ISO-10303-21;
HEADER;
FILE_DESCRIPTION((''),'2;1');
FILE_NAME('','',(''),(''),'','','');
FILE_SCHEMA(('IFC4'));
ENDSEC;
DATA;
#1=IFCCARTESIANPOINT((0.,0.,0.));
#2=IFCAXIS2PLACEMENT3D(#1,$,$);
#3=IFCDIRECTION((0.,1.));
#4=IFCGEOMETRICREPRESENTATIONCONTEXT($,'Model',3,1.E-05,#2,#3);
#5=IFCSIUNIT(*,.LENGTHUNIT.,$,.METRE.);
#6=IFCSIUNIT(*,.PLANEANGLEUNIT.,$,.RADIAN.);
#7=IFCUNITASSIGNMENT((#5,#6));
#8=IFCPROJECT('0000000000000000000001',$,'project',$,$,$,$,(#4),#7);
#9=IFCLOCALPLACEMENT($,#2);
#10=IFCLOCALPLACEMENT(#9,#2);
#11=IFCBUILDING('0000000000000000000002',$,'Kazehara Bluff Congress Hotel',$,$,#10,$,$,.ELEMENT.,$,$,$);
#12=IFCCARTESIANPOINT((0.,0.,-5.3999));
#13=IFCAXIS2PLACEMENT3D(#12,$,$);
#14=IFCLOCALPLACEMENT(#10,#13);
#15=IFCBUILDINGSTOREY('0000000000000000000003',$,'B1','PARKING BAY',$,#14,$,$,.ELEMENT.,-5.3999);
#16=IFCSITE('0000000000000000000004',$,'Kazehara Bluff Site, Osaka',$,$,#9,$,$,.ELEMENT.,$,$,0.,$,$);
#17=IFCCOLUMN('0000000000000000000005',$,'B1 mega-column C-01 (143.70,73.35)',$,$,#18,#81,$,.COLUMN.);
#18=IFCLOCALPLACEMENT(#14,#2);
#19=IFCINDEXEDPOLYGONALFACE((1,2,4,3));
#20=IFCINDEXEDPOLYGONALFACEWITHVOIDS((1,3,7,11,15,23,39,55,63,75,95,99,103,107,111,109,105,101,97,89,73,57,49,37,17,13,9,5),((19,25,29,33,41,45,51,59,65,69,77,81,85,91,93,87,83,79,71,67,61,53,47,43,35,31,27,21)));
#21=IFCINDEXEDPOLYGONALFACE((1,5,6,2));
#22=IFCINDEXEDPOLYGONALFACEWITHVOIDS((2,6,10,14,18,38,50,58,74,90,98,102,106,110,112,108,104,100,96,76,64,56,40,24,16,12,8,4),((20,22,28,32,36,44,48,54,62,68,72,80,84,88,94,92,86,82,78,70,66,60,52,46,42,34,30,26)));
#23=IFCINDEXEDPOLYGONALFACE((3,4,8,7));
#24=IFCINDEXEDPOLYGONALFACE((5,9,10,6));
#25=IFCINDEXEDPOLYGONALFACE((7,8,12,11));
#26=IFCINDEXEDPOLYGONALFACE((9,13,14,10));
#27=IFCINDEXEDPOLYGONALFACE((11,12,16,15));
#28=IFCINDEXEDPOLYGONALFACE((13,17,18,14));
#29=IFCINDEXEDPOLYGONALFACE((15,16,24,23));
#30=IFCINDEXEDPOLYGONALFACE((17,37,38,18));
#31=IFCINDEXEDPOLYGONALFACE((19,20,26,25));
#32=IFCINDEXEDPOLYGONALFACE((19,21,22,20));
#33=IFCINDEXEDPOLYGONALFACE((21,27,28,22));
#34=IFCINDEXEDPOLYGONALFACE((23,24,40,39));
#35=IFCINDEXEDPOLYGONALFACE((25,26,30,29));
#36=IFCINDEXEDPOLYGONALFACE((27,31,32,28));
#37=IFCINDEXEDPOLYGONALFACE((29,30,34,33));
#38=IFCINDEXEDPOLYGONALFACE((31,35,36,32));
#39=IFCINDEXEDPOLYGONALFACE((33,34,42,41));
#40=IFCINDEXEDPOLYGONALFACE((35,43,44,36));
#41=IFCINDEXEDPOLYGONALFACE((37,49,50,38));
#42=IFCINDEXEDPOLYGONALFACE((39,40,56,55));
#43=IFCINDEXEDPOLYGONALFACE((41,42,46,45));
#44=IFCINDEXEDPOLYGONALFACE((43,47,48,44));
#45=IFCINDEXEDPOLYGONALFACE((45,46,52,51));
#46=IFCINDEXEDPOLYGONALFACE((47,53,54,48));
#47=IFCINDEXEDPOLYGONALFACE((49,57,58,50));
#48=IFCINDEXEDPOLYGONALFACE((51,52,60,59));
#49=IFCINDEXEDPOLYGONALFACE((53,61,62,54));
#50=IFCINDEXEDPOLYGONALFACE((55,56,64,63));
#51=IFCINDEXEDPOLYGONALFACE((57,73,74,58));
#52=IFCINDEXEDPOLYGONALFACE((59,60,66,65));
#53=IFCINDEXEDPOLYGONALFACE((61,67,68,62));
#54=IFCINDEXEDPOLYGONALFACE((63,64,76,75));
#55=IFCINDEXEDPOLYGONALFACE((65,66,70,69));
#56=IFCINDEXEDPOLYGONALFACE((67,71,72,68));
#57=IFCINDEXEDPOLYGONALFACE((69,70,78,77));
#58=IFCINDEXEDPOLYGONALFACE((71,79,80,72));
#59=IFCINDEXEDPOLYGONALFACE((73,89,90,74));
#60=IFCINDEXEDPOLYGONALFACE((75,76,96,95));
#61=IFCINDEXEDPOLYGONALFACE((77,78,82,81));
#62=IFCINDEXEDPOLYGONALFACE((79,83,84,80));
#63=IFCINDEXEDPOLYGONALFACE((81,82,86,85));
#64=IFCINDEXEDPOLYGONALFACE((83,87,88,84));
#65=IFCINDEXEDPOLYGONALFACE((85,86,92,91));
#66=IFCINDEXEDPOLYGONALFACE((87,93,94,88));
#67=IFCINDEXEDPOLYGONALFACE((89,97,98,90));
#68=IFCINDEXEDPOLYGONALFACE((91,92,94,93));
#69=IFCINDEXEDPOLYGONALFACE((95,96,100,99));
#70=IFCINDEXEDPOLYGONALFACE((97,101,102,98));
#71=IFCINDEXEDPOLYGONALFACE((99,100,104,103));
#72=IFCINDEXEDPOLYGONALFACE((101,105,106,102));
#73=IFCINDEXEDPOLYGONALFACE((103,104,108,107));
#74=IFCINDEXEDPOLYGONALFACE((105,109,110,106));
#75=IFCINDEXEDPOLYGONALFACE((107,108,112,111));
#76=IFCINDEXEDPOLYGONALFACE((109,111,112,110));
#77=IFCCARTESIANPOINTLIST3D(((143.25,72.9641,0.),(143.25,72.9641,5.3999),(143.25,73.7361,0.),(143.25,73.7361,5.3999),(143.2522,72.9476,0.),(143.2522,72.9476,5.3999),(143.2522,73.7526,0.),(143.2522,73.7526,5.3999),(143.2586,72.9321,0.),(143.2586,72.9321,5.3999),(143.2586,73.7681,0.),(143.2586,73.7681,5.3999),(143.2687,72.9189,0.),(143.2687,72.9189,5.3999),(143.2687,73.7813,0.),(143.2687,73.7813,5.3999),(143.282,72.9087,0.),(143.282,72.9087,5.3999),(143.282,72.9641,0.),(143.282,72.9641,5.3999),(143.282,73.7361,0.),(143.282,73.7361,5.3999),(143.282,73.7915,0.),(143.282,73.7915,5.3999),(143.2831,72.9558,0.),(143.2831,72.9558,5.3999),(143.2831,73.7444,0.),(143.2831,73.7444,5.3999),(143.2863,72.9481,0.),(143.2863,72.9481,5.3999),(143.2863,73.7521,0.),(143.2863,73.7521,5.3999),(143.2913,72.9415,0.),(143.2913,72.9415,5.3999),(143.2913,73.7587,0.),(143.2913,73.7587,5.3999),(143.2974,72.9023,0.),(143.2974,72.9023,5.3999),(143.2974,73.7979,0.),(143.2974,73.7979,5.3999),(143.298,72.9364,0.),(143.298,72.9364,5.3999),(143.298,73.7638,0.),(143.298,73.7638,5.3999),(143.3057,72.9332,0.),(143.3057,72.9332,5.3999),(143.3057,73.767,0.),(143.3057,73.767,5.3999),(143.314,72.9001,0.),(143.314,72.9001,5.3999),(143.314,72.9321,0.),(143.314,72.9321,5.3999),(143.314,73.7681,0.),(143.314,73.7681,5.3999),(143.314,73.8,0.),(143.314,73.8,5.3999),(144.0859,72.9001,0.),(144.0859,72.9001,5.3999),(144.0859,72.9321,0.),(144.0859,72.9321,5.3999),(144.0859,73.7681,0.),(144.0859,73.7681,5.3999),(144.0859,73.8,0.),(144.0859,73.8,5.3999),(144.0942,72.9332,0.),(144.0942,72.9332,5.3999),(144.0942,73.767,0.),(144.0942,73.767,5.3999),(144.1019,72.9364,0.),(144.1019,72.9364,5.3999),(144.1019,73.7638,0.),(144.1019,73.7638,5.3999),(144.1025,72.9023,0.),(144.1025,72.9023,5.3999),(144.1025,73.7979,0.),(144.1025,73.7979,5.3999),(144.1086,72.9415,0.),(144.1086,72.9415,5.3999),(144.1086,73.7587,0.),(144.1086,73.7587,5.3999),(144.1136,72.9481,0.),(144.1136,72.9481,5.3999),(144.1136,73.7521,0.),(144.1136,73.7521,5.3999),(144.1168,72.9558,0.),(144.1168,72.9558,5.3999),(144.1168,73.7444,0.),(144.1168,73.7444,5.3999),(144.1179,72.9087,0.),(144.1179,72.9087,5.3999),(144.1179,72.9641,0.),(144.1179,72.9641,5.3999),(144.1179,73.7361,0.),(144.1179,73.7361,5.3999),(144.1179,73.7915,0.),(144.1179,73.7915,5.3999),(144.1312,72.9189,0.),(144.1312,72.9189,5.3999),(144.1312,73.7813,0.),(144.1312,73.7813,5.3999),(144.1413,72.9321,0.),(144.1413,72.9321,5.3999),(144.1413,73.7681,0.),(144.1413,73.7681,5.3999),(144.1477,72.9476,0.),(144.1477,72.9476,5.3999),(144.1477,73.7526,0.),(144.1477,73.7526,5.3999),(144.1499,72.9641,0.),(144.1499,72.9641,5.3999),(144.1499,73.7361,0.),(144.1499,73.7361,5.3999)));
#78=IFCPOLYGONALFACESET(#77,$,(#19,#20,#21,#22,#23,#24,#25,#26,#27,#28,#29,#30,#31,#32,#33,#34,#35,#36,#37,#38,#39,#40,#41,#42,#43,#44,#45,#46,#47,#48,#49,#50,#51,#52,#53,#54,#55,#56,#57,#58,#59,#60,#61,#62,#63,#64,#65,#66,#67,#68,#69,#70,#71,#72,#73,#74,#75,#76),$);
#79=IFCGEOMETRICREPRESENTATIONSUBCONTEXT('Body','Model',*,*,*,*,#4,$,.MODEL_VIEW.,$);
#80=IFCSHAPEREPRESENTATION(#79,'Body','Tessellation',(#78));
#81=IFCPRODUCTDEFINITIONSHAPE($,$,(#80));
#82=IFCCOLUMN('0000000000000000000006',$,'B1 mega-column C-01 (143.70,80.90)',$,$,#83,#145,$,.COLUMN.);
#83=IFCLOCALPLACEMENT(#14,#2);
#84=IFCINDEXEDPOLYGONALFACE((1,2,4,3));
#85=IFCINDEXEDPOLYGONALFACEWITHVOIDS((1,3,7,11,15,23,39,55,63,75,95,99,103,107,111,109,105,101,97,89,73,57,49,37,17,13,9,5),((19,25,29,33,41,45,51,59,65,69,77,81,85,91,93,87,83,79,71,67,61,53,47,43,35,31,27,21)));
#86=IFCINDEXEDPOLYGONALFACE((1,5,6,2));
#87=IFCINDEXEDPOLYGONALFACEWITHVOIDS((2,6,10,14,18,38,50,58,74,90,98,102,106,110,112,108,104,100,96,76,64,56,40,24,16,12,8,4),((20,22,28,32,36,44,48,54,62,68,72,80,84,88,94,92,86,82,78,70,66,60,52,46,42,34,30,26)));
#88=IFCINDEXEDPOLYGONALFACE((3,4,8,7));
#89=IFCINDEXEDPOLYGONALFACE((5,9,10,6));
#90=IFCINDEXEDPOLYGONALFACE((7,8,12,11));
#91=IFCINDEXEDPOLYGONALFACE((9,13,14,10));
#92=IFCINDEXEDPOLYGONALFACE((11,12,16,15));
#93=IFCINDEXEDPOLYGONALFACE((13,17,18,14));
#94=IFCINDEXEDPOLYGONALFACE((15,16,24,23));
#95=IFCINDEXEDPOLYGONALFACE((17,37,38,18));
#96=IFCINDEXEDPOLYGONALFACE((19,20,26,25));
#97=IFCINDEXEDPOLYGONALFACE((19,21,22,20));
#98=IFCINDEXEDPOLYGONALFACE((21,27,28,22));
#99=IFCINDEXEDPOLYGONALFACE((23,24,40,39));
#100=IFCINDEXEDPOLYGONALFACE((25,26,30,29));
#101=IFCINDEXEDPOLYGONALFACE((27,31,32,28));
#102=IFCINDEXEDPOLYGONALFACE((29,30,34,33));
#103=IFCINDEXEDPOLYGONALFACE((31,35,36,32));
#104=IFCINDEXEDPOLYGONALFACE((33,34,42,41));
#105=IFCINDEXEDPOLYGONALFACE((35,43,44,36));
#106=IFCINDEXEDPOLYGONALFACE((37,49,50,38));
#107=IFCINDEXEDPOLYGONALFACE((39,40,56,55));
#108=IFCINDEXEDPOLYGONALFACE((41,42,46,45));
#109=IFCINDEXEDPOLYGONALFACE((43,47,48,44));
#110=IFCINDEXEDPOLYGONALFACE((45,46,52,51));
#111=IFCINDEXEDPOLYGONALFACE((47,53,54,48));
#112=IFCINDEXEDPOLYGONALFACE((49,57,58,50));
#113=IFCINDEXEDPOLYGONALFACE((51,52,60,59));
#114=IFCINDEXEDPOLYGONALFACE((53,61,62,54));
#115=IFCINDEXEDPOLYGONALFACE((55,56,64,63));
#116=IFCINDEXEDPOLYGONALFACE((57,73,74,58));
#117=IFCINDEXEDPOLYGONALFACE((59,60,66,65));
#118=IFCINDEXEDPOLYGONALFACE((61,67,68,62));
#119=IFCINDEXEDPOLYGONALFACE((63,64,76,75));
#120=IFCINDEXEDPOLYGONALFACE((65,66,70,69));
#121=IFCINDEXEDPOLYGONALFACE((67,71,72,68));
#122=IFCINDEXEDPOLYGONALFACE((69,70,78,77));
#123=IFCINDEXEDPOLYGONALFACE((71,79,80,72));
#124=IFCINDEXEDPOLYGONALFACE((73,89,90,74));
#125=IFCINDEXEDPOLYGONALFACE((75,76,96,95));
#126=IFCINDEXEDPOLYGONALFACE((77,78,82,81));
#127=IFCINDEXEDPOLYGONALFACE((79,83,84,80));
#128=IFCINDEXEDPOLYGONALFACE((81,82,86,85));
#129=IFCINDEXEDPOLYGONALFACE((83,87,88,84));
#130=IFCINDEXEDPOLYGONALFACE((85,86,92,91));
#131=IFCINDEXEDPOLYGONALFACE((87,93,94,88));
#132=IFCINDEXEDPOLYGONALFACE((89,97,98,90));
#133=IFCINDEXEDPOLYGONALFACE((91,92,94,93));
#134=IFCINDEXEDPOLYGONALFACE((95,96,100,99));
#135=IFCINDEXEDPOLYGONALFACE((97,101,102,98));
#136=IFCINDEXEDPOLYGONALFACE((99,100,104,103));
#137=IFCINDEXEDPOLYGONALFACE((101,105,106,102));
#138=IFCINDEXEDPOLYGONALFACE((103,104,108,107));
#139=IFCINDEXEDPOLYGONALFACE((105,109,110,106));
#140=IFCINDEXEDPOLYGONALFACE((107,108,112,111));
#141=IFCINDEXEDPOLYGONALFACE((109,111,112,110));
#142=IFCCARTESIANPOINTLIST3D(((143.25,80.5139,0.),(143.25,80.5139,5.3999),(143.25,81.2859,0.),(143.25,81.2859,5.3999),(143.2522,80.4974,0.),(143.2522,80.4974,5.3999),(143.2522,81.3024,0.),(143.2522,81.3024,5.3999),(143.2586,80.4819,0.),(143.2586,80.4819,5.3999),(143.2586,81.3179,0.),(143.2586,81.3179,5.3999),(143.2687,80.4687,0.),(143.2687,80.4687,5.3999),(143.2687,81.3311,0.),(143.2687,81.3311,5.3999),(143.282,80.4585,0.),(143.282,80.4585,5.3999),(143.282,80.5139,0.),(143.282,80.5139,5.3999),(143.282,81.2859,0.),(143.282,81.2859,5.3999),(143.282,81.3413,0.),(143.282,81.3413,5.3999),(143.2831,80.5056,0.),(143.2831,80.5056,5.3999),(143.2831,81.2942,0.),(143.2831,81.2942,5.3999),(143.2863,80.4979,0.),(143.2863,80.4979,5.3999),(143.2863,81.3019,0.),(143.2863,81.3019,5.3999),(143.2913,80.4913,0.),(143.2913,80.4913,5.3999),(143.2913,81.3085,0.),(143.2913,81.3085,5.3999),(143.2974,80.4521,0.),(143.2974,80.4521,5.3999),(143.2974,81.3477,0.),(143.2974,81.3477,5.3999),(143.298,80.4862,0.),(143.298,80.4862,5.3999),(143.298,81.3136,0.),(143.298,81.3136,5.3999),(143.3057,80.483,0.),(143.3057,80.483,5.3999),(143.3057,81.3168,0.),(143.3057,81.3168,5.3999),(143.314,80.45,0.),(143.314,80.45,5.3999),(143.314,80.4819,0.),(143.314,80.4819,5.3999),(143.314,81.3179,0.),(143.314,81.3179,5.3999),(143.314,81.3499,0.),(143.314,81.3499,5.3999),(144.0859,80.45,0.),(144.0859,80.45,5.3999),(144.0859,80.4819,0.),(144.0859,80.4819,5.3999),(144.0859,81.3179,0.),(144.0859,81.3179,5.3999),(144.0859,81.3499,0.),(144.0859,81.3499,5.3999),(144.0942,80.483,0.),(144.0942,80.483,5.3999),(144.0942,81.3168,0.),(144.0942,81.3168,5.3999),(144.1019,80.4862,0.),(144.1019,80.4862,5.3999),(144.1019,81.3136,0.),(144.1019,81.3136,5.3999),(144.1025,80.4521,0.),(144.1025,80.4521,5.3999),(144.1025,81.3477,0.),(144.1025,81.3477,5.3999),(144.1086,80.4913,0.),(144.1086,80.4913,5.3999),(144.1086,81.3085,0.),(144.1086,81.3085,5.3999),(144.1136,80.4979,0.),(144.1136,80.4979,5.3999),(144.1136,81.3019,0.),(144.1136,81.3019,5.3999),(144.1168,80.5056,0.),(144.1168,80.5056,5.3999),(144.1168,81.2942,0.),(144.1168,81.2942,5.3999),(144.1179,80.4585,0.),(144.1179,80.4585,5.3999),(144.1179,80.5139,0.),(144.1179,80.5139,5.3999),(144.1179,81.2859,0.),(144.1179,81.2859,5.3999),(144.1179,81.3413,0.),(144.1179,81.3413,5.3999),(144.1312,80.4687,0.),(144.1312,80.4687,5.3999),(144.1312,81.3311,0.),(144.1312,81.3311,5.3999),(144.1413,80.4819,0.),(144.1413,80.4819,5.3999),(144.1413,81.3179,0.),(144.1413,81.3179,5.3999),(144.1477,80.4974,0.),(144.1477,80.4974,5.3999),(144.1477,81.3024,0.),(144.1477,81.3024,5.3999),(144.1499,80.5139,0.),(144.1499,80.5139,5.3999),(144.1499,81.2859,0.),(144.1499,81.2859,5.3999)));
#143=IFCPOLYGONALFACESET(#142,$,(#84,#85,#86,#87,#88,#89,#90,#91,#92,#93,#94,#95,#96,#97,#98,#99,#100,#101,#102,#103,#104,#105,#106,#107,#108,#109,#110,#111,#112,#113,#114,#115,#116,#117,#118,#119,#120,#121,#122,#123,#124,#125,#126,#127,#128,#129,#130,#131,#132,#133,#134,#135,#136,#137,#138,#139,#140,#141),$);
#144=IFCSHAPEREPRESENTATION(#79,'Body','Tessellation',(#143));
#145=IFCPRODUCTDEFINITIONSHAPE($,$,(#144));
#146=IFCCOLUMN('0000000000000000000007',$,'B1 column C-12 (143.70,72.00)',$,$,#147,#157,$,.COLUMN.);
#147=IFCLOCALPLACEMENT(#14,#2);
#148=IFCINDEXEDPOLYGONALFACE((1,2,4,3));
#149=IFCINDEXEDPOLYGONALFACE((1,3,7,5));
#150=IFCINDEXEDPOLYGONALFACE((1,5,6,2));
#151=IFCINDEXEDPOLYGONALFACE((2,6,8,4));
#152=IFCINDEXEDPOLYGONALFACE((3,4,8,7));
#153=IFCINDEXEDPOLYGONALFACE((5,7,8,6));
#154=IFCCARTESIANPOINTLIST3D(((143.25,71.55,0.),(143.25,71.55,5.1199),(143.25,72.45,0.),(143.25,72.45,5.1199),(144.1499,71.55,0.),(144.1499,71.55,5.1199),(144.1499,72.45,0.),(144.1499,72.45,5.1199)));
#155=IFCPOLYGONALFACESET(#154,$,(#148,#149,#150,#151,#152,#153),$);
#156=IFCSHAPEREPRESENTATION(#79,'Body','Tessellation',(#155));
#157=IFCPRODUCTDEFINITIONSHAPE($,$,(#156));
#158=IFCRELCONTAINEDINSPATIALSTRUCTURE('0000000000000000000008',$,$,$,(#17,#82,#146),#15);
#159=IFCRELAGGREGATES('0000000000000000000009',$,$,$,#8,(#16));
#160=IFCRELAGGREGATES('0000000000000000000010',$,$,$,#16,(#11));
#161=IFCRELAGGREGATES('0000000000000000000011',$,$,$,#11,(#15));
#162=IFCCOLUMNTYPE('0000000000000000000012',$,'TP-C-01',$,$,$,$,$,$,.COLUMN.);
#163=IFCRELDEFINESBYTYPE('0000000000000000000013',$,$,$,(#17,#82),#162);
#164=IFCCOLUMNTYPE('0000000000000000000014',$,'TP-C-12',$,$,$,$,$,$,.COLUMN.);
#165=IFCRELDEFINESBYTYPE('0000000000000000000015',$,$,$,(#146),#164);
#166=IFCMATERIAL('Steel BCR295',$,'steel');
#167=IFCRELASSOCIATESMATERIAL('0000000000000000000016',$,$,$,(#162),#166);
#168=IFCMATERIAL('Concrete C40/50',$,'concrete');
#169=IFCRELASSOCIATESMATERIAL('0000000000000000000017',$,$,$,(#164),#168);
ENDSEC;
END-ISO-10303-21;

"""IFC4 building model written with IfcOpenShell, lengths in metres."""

from ifc_helpers import new_model, si_unit, direction, frame, origin, origin_2d, place, context, subcontext, project, spatial, rectangle, hollow_rectangle, extrude, material, material_profile, profile_set, type_object, element, save


model = new_model("IFC4")

# Units and contexts
model_context = context("Model", 3, precision=1e-05, world=origin(), true_north=direction((0.0, 1.0)))
body_context = subcontext(model_context, "Body", "Model", "MODEL_VIEW")
ifc_project = project(units=[si_unit("LENGTHUNIT", "METRE"), si_unit("PLANEANGLEUNIT", "RADIAN")], contexts=[model_context])

# Site, building, storey
site_placement = place(None, origin())
site = spatial("IfcSite", under=ifc_project, at=site_placement, Name="Kazehara Bluff Site, Osaka", CompositionType="ELEMENT", RefElevation=0.0)
building_placement = place(site_placement, origin())
building = spatial("IfcBuilding", under=site, at=building_placement, Name="Kazehara Bluff Congress Hotel", CompositionType="ELEMENT")
storey_placement = place(building_placement, frame((0.0, 0.0, -5.3999)))
storey = spatial("IfcBuildingStorey", under=building, at=storey_placement, Name="B1", Description="PARKING BAY", CompositionType="ELEMENT", Elevation=-5.3999)

# Columns
ifc_material_1 = material(Name="Steel BCR295", Category="steel")
ifc_material_profile_1 = material_profile(ifc_material_1, hollow_rectangle(XDim=0.8999, YDim=0.8999, WallThickness=0.032, InnerFilletRadius=0.032, OuterFilletRadius=0.064, at=origin_2d()))
ifc_profile_set_1 = profile_set([ifc_material_profile_1], Name="Steel BCR295")
column_type_1 = type_object("IfcColumnType", Name="TP-C-01", PredefinedType="COLUMN", material=ifc_profile_set_1)
for number, where, z_axis, x_axis, name in (
    (1, (143.7, 73.3501, 0.0), (0.0, 0.0, 1.0), (1.0, 0.0, 0.0), "B1 mega-column C-01 (143.70,73.35)"),
    (2, (143.7, 80.8999, 0.0), (0.0, 0.0, 1.0), (1.0, 0.0, 0.0), "B1 mega-column C-01 (143.70,80.90)"),
):
    element("IfcColumn", number, at=place(storey_placement, frame(where, z_axis=z_axis, x_axis=x_axis)), inside=storey, type_object=column_type_1, Name=name, PredefinedType="COLUMN", context=body_context, shape_type="SweptSolid", body=[
        extrude(hollow_rectangle(XDim=0.8999, YDim=0.8999, WallThickness=0.032, InnerFilletRadius=0.032, OuterFilletRadius=0.064, at=origin_2d()), origin(), (0.0, 0.0, 1.0), 5.3999),
    ])
ifc_material_2 = material(Name="Concrete C40/50", Category="concrete")
ifc_material_profile_2 = material_profile(ifc_material_2, rectangle(XDim=0.8999, YDim=0.8999, at=origin_2d()))
ifc_profile_set_2 = profile_set([ifc_material_profile_2], Name="Concrete C40/50")
column_type_2 = type_object("IfcColumnType", Name="TP-C-12", PredefinedType="COLUMN", material=ifc_profile_set_2)
column_placement = place(storey_placement, frame((143.7, 72.0, 0.0), z_axis=(0.0, 0.0, 1.0), x_axis=(1.0, 0.0, 0.0)))
element("IfcColumn", 3, at=column_placement, inside=storey, type_object=column_type_2, Name="B1 column C-12 (143.70,72.00)", PredefinedType="COLUMN", context=body_context, shape_type="SweptSolid", body=[
    extrude(rectangle(XDim=0.8999, YDim=0.8999, at=origin_2d()), origin(), (0.0, 0.0, 1.0), 5.1199),
])

save(model, "model.ifc")
